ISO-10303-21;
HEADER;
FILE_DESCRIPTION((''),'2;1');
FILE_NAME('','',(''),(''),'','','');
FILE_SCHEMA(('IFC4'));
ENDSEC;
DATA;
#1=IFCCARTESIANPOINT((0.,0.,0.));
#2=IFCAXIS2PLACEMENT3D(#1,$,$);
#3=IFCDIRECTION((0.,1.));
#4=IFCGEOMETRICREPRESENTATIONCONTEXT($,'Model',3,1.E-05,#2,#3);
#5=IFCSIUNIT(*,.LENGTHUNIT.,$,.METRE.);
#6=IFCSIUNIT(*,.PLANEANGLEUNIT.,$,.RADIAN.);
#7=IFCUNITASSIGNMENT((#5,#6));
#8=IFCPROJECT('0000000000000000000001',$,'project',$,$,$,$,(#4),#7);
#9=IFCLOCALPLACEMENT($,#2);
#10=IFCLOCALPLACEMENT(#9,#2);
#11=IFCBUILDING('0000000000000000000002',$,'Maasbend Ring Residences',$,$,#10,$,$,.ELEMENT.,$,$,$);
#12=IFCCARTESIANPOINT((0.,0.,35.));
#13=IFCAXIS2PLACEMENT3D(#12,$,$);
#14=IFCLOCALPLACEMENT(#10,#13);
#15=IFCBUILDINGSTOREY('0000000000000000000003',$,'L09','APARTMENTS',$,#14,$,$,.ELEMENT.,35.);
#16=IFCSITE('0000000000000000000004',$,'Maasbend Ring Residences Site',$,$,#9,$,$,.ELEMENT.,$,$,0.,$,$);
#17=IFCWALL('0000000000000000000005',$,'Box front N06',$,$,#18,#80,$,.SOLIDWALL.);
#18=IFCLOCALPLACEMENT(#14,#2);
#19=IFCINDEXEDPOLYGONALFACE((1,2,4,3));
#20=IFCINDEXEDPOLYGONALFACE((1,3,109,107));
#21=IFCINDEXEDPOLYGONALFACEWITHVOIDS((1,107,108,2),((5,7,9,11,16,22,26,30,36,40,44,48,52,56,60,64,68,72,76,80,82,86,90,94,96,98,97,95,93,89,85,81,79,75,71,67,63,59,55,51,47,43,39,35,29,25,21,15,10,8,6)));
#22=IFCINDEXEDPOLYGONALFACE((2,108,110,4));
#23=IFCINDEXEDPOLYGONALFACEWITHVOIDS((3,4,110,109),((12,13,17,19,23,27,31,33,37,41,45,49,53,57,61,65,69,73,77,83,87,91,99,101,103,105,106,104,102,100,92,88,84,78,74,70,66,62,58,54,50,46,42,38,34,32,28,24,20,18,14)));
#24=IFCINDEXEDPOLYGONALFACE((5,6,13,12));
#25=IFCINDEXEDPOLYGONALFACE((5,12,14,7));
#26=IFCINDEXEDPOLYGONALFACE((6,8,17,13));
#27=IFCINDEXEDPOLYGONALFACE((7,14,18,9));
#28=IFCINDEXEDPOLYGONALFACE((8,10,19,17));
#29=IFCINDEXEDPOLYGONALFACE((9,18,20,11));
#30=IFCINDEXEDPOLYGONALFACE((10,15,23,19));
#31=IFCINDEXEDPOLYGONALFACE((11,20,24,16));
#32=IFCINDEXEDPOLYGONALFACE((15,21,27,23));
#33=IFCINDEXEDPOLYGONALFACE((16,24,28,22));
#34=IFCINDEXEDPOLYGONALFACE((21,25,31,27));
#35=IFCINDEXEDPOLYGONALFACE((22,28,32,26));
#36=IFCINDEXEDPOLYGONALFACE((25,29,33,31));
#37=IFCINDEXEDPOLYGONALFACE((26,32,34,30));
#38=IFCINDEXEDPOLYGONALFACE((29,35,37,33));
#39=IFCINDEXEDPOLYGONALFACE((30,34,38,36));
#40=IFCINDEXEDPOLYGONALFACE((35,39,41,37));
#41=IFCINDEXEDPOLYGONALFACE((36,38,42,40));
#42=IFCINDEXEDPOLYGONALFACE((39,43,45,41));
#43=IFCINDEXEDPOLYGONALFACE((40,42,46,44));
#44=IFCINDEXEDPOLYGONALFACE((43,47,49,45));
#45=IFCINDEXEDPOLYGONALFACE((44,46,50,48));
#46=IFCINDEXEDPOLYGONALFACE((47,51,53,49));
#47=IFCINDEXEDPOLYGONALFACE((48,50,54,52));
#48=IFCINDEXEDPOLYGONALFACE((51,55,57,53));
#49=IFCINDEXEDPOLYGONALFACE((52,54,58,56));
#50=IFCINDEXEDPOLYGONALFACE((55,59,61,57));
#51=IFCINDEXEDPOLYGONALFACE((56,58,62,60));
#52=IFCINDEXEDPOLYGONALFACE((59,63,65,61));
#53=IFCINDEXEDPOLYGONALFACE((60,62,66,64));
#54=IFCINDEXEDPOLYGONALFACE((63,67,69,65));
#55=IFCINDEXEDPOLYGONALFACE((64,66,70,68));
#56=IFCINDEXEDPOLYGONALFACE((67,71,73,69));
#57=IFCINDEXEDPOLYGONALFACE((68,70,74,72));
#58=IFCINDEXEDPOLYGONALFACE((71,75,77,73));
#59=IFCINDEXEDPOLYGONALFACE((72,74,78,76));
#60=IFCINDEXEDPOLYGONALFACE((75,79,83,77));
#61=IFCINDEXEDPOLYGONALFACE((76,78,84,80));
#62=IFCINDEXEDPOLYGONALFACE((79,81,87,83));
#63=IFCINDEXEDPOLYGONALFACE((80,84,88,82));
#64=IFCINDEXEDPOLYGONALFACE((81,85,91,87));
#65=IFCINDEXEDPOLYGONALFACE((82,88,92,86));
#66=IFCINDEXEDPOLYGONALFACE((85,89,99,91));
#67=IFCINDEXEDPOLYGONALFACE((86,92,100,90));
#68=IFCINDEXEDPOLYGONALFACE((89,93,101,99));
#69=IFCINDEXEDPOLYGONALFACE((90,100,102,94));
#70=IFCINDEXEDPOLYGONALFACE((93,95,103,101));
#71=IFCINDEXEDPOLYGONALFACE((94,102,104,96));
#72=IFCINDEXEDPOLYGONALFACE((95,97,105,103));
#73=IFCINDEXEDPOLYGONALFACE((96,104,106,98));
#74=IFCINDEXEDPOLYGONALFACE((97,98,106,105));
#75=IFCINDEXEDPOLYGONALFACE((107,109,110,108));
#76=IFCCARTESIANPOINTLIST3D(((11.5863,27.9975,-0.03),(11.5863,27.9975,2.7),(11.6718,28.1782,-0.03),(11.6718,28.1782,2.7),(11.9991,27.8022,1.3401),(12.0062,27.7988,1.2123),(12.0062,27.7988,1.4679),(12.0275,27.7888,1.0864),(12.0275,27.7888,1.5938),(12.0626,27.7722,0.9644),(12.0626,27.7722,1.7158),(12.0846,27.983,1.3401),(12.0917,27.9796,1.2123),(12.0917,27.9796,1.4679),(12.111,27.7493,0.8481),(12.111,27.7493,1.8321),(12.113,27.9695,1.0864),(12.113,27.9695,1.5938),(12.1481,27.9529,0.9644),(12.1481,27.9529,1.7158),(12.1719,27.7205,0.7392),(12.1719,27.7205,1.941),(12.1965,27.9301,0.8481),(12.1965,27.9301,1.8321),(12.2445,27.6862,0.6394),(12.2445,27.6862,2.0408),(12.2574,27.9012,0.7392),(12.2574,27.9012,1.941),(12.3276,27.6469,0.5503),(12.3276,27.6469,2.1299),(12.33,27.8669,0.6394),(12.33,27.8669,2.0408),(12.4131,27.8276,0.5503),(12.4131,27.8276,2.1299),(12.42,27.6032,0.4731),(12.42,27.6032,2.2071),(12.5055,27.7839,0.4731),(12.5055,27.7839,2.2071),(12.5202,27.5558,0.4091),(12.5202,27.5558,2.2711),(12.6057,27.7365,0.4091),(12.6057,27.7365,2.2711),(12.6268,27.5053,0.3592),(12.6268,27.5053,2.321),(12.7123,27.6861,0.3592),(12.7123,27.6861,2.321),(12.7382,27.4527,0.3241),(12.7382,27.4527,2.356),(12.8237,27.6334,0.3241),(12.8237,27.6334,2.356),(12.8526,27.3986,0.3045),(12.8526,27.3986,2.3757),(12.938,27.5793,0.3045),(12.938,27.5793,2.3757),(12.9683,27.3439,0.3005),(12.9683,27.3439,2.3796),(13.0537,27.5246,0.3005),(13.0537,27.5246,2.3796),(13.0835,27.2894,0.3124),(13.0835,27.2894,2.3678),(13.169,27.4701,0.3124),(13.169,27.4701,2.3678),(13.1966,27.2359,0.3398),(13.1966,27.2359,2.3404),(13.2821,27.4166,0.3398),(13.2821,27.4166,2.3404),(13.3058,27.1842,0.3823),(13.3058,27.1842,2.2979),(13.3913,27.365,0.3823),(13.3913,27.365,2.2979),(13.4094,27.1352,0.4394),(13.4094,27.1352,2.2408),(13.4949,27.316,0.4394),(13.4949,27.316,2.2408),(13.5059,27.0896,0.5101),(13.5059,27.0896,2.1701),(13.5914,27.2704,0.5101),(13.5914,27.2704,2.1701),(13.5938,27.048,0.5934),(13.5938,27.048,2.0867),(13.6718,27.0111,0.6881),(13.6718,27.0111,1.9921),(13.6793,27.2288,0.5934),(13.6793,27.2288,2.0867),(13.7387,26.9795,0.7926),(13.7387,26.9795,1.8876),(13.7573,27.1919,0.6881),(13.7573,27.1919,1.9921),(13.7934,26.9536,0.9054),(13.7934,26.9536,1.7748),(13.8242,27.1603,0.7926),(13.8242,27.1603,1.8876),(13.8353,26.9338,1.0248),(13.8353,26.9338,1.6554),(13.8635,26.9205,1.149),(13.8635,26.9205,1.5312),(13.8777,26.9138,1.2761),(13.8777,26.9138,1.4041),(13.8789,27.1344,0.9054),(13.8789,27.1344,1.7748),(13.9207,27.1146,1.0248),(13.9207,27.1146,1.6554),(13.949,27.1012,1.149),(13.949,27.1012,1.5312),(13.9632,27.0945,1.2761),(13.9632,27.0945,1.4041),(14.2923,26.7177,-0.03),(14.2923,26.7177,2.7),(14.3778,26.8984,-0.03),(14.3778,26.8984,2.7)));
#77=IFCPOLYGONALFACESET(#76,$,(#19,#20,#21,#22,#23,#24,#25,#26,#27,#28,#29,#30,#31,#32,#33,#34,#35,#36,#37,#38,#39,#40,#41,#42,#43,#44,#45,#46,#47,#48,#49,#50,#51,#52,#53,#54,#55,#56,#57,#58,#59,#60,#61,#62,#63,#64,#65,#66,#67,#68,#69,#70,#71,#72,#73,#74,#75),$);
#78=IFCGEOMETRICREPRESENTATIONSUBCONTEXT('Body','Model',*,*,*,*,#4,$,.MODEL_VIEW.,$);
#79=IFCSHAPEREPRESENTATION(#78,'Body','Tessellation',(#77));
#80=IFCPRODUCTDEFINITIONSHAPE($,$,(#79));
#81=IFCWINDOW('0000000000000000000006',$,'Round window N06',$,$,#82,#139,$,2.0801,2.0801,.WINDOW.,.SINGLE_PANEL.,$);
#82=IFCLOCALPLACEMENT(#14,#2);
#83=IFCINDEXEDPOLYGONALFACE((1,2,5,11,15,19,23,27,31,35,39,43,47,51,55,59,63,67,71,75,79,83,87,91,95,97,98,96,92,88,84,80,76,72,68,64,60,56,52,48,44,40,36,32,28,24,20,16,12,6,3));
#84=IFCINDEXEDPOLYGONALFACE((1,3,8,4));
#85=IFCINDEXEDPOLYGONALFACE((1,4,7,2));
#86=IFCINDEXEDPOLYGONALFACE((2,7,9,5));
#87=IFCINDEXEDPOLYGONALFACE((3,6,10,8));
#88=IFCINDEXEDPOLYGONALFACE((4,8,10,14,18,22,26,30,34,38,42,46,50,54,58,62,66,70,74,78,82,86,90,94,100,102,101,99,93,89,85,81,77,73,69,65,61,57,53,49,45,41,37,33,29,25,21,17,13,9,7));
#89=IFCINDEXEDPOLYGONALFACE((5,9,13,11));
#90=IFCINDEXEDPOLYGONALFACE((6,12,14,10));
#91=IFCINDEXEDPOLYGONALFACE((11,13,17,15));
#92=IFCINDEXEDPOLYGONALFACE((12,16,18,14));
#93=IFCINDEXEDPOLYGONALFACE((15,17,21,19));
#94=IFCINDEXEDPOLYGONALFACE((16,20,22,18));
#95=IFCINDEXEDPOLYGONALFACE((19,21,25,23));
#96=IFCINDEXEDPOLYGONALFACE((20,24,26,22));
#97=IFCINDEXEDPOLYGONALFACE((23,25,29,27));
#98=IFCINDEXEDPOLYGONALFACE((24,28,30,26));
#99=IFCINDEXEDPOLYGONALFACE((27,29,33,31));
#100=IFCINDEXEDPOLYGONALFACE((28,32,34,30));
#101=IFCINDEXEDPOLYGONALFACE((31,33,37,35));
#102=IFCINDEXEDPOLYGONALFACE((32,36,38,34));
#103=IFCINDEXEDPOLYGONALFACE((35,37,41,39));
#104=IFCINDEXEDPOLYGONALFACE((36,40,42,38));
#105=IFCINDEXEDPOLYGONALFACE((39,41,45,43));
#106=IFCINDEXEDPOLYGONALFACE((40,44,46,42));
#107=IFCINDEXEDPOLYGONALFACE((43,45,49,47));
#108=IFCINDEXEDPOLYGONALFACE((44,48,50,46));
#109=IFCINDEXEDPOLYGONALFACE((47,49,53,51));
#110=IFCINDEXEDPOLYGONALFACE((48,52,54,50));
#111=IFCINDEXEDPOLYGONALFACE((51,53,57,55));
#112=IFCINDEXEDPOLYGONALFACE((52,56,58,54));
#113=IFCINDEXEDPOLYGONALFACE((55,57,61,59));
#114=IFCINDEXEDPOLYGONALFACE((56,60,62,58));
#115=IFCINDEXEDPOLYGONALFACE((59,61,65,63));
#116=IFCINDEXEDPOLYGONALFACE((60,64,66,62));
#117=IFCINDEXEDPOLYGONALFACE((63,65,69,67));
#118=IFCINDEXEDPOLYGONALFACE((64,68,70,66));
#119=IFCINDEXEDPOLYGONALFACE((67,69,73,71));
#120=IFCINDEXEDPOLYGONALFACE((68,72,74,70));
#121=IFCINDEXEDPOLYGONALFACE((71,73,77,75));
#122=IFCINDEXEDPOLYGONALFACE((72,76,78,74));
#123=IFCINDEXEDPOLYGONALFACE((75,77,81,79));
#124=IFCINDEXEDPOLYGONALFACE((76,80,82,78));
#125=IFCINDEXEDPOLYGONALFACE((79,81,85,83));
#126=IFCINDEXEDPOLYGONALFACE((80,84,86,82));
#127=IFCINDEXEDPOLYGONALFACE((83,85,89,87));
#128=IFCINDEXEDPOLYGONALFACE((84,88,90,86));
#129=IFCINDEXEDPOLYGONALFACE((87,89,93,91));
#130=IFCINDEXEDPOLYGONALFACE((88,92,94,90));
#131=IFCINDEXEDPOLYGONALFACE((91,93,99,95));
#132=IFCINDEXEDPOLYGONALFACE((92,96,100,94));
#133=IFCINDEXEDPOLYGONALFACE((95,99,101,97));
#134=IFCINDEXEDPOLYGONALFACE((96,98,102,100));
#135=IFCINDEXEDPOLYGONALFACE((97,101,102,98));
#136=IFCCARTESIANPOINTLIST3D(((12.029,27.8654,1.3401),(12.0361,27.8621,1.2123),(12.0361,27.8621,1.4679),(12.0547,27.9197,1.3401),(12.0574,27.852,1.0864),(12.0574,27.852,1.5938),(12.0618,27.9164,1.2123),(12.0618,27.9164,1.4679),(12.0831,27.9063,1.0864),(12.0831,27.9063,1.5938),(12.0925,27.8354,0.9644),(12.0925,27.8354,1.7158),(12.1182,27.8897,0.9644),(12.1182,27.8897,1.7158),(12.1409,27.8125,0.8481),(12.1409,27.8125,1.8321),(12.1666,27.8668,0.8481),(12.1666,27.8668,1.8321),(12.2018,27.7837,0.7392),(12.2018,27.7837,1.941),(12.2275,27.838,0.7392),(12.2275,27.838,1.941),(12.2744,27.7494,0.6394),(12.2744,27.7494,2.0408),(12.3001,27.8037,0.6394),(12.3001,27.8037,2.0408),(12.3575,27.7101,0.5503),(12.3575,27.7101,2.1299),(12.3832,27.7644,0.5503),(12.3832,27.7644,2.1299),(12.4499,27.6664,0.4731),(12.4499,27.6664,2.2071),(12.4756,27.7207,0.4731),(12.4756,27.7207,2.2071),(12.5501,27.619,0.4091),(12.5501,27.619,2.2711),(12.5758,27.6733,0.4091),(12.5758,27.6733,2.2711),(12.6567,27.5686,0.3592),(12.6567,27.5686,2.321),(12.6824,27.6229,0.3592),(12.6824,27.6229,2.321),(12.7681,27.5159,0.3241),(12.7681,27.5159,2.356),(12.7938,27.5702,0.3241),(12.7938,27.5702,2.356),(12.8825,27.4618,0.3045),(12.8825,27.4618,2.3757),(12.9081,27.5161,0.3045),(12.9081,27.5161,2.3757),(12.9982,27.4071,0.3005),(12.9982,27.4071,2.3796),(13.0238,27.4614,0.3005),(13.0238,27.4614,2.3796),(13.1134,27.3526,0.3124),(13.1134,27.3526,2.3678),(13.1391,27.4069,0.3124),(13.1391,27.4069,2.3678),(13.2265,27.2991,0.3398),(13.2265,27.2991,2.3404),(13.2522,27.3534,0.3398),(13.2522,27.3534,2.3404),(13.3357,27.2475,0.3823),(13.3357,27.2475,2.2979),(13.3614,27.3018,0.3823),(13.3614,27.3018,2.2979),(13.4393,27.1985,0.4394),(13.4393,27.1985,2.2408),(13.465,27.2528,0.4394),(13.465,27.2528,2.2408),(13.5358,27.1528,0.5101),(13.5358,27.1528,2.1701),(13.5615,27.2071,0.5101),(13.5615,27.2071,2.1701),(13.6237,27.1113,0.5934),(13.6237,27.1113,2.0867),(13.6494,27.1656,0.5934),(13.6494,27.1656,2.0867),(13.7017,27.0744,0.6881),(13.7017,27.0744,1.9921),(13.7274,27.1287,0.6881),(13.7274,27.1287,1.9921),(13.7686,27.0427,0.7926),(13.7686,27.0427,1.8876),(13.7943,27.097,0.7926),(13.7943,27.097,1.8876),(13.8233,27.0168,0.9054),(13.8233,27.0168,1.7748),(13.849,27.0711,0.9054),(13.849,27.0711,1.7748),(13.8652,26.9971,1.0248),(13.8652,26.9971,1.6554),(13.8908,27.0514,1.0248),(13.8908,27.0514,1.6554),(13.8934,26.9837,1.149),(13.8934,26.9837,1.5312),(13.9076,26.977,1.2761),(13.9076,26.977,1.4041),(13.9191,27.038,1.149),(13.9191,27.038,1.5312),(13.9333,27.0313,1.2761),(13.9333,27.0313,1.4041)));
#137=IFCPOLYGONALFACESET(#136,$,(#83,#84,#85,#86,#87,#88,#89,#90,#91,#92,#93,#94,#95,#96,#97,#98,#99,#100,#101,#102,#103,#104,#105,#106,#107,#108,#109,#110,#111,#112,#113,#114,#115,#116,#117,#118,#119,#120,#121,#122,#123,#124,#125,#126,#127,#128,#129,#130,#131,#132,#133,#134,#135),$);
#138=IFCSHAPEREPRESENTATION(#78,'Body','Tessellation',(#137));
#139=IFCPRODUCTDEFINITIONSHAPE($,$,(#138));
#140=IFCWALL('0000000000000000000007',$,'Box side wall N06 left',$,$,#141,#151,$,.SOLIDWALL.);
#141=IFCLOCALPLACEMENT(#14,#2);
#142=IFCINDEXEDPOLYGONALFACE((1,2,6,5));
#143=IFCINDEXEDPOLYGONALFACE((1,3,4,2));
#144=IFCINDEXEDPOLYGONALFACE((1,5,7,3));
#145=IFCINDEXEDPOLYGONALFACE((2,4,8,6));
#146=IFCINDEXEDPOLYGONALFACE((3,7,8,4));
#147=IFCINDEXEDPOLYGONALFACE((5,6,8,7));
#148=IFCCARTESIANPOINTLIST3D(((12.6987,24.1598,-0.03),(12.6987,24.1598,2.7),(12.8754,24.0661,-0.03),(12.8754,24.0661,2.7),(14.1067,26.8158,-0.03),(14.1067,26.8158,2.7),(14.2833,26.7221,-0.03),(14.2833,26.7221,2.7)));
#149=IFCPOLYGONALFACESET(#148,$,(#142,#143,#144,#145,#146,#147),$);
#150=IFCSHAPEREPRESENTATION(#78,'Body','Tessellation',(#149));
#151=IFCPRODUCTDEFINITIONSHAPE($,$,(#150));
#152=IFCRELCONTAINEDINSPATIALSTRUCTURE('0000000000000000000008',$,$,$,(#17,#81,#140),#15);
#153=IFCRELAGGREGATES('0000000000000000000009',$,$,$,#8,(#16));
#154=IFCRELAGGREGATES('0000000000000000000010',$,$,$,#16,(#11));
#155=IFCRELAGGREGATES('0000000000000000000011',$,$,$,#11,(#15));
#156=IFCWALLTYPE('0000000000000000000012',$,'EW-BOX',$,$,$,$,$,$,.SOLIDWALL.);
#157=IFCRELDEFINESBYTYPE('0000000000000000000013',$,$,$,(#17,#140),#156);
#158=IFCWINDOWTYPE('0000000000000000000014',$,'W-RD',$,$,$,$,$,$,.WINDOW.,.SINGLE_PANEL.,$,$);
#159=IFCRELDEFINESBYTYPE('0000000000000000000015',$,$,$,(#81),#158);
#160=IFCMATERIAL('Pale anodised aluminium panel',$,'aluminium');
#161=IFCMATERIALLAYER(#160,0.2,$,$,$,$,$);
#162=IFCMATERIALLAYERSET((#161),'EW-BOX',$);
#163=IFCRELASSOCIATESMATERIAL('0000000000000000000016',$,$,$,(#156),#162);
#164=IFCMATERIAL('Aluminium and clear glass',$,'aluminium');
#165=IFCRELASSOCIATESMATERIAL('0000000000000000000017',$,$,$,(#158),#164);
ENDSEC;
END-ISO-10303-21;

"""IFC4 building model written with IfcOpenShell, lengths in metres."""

from ifc_helpers import new_model, si_unit, direction, frame, frame_2d, origin, place, context, subcontext, project, spatial, rectangle, circle, extrude, material, layer, layer_set, type_object, element, fill, save


model = new_model("IFC4")

# Units and contexts
model_context = context("Model", 3, precision=1e-05, world=origin(), true_north=direction((0.0, 1.0)))
body_context = subcontext(model_context, "Body", "Model", "MODEL_VIEW")
ifc_project = project(units=[si_unit("LENGTHUNIT", "METRE"), si_unit("PLANEANGLEUNIT", "RADIAN")], contexts=[model_context])

# Site, building, storey
site_placement = place(None, origin())
site = spatial("IfcSite", under=ifc_project, at=site_placement, Name="Maasbend Ring Residences Site", CompositionType="ELEMENT", RefElevation=0.0)
building_placement = place(site_placement, origin())
building = spatial("IfcBuilding", under=site, at=building_placement, Name="Maasbend Ring Residences", CompositionType="ELEMENT")
storey_placement = place(building_placement, frame((0.0, 0.0, 35.0)))
storey = spatial("IfcBuildingStorey", under=building, at=storey_placement, Name="L09", Description="APARTMENTS", CompositionType="ELEMENT", Elevation=35.0)

# Wall, opening, window
ifc_material_1 = material(Name="Pale anodised aluminium panel", Category="aluminium")
ifc_layer_1 = layer(ifc_material_1, 0.2)
ifc_layer_set_1 = layer_set([ifc_layer_1], Name="EW-BOX")
wall_type_1 = type_object("IfcWallType", Name="EW-BOX", PredefinedType="SOLIDWALL", material=ifc_layer_set_1)
wall_1_placement = place(storey_placement, frame((14.335, 26.8081, -0.03), z_axis=(0.0, 0.0, 1.0), x_axis=(-0.904, 0.427532, 0.0)))
wall_1 = element("IfcWall", 1, at=wall_1_placement, inside=storey, type_object=wall_type_1, Name="Box front N06", PredefinedType="SOLIDWALL", context=body_context, shape_type="SweptSolid", body=[
    extrude(rectangle(XDim=2.9934, YDim=0.2, at=frame_2d((1.4966, 0.0))), origin(), (0.0, 0.0, 1.0), 2.73),
])
opening_1_placement = place(wall_1_placement, frame((0.4565, 0.0, 0.3301)))
opening_1 = element("IfcOpeningElement", 2, at=opening_1_placement, cuts=wall_1, PredefinedType="OPENING", context=body_context, shape_type="SweptSolid", body=[
    extrude(circle(Radius=1.04, at=frame_2d((1.04, 1.04))), frame((0.0, 0.1099, 0.0), z_axis=(0.0, -1.0, 0.0), x_axis=(1.0, 0.0, 0.0)), (0.0, 0.0, 1.0), 0.22),
])
ifc_material_2 = material(Name="Aluminium and clear glass", Category="aluminium")
window_type_1 = type_object("IfcWindowType", Name="W-RD", PartitioningType="SINGLE_PANEL", PredefinedType="WINDOW", material=ifc_material_2)
window_1_placement = place(opening_1_placement, origin())
window_1 = element("IfcWindow", 3, at=window_1_placement, inside=storey, type_object=window_type_1, Name="Round window N06", OverallHeight=2.0801, OverallWidth=2.0801, PartitioningType="SINGLE_PANEL", PredefinedType="WINDOW", context=body_context, shape_type="SweptSolid", body=[
    extrude(circle(Radius=1.04, at=frame_2d((1.04, 1.04))), frame((0.0, 0.03, 0.0), z_axis=(0.0, -1.0, 0.0), x_axis=(1.0, 0.0, 0.0)), (0.0, 0.0, 1.0), 0.0601),
])
fill(opening_1, window_1)

# Wall
wall_2_placement = place(storey_placement, frame((12.7871, 24.113, -0.03), z_axis=(0.0, 0.0, 1.0), x_axis=(0.468365, 0.883535, 0.0)))
element("IfcWall", 4, at=wall_2_placement, inside=storey, type_object=wall_type_1, Name="Box side wall N06 left", PredefinedType="SOLIDWALL", context=body_context, shape_type="SweptSolid", body=[
    extrude(rectangle(XDim=3.0061, YDim=0.2, at=frame_2d((1.5029, 0.0))), origin(), (0.0, 0.0, 1.0), 2.73),
])

save(model, "model.ifc")
